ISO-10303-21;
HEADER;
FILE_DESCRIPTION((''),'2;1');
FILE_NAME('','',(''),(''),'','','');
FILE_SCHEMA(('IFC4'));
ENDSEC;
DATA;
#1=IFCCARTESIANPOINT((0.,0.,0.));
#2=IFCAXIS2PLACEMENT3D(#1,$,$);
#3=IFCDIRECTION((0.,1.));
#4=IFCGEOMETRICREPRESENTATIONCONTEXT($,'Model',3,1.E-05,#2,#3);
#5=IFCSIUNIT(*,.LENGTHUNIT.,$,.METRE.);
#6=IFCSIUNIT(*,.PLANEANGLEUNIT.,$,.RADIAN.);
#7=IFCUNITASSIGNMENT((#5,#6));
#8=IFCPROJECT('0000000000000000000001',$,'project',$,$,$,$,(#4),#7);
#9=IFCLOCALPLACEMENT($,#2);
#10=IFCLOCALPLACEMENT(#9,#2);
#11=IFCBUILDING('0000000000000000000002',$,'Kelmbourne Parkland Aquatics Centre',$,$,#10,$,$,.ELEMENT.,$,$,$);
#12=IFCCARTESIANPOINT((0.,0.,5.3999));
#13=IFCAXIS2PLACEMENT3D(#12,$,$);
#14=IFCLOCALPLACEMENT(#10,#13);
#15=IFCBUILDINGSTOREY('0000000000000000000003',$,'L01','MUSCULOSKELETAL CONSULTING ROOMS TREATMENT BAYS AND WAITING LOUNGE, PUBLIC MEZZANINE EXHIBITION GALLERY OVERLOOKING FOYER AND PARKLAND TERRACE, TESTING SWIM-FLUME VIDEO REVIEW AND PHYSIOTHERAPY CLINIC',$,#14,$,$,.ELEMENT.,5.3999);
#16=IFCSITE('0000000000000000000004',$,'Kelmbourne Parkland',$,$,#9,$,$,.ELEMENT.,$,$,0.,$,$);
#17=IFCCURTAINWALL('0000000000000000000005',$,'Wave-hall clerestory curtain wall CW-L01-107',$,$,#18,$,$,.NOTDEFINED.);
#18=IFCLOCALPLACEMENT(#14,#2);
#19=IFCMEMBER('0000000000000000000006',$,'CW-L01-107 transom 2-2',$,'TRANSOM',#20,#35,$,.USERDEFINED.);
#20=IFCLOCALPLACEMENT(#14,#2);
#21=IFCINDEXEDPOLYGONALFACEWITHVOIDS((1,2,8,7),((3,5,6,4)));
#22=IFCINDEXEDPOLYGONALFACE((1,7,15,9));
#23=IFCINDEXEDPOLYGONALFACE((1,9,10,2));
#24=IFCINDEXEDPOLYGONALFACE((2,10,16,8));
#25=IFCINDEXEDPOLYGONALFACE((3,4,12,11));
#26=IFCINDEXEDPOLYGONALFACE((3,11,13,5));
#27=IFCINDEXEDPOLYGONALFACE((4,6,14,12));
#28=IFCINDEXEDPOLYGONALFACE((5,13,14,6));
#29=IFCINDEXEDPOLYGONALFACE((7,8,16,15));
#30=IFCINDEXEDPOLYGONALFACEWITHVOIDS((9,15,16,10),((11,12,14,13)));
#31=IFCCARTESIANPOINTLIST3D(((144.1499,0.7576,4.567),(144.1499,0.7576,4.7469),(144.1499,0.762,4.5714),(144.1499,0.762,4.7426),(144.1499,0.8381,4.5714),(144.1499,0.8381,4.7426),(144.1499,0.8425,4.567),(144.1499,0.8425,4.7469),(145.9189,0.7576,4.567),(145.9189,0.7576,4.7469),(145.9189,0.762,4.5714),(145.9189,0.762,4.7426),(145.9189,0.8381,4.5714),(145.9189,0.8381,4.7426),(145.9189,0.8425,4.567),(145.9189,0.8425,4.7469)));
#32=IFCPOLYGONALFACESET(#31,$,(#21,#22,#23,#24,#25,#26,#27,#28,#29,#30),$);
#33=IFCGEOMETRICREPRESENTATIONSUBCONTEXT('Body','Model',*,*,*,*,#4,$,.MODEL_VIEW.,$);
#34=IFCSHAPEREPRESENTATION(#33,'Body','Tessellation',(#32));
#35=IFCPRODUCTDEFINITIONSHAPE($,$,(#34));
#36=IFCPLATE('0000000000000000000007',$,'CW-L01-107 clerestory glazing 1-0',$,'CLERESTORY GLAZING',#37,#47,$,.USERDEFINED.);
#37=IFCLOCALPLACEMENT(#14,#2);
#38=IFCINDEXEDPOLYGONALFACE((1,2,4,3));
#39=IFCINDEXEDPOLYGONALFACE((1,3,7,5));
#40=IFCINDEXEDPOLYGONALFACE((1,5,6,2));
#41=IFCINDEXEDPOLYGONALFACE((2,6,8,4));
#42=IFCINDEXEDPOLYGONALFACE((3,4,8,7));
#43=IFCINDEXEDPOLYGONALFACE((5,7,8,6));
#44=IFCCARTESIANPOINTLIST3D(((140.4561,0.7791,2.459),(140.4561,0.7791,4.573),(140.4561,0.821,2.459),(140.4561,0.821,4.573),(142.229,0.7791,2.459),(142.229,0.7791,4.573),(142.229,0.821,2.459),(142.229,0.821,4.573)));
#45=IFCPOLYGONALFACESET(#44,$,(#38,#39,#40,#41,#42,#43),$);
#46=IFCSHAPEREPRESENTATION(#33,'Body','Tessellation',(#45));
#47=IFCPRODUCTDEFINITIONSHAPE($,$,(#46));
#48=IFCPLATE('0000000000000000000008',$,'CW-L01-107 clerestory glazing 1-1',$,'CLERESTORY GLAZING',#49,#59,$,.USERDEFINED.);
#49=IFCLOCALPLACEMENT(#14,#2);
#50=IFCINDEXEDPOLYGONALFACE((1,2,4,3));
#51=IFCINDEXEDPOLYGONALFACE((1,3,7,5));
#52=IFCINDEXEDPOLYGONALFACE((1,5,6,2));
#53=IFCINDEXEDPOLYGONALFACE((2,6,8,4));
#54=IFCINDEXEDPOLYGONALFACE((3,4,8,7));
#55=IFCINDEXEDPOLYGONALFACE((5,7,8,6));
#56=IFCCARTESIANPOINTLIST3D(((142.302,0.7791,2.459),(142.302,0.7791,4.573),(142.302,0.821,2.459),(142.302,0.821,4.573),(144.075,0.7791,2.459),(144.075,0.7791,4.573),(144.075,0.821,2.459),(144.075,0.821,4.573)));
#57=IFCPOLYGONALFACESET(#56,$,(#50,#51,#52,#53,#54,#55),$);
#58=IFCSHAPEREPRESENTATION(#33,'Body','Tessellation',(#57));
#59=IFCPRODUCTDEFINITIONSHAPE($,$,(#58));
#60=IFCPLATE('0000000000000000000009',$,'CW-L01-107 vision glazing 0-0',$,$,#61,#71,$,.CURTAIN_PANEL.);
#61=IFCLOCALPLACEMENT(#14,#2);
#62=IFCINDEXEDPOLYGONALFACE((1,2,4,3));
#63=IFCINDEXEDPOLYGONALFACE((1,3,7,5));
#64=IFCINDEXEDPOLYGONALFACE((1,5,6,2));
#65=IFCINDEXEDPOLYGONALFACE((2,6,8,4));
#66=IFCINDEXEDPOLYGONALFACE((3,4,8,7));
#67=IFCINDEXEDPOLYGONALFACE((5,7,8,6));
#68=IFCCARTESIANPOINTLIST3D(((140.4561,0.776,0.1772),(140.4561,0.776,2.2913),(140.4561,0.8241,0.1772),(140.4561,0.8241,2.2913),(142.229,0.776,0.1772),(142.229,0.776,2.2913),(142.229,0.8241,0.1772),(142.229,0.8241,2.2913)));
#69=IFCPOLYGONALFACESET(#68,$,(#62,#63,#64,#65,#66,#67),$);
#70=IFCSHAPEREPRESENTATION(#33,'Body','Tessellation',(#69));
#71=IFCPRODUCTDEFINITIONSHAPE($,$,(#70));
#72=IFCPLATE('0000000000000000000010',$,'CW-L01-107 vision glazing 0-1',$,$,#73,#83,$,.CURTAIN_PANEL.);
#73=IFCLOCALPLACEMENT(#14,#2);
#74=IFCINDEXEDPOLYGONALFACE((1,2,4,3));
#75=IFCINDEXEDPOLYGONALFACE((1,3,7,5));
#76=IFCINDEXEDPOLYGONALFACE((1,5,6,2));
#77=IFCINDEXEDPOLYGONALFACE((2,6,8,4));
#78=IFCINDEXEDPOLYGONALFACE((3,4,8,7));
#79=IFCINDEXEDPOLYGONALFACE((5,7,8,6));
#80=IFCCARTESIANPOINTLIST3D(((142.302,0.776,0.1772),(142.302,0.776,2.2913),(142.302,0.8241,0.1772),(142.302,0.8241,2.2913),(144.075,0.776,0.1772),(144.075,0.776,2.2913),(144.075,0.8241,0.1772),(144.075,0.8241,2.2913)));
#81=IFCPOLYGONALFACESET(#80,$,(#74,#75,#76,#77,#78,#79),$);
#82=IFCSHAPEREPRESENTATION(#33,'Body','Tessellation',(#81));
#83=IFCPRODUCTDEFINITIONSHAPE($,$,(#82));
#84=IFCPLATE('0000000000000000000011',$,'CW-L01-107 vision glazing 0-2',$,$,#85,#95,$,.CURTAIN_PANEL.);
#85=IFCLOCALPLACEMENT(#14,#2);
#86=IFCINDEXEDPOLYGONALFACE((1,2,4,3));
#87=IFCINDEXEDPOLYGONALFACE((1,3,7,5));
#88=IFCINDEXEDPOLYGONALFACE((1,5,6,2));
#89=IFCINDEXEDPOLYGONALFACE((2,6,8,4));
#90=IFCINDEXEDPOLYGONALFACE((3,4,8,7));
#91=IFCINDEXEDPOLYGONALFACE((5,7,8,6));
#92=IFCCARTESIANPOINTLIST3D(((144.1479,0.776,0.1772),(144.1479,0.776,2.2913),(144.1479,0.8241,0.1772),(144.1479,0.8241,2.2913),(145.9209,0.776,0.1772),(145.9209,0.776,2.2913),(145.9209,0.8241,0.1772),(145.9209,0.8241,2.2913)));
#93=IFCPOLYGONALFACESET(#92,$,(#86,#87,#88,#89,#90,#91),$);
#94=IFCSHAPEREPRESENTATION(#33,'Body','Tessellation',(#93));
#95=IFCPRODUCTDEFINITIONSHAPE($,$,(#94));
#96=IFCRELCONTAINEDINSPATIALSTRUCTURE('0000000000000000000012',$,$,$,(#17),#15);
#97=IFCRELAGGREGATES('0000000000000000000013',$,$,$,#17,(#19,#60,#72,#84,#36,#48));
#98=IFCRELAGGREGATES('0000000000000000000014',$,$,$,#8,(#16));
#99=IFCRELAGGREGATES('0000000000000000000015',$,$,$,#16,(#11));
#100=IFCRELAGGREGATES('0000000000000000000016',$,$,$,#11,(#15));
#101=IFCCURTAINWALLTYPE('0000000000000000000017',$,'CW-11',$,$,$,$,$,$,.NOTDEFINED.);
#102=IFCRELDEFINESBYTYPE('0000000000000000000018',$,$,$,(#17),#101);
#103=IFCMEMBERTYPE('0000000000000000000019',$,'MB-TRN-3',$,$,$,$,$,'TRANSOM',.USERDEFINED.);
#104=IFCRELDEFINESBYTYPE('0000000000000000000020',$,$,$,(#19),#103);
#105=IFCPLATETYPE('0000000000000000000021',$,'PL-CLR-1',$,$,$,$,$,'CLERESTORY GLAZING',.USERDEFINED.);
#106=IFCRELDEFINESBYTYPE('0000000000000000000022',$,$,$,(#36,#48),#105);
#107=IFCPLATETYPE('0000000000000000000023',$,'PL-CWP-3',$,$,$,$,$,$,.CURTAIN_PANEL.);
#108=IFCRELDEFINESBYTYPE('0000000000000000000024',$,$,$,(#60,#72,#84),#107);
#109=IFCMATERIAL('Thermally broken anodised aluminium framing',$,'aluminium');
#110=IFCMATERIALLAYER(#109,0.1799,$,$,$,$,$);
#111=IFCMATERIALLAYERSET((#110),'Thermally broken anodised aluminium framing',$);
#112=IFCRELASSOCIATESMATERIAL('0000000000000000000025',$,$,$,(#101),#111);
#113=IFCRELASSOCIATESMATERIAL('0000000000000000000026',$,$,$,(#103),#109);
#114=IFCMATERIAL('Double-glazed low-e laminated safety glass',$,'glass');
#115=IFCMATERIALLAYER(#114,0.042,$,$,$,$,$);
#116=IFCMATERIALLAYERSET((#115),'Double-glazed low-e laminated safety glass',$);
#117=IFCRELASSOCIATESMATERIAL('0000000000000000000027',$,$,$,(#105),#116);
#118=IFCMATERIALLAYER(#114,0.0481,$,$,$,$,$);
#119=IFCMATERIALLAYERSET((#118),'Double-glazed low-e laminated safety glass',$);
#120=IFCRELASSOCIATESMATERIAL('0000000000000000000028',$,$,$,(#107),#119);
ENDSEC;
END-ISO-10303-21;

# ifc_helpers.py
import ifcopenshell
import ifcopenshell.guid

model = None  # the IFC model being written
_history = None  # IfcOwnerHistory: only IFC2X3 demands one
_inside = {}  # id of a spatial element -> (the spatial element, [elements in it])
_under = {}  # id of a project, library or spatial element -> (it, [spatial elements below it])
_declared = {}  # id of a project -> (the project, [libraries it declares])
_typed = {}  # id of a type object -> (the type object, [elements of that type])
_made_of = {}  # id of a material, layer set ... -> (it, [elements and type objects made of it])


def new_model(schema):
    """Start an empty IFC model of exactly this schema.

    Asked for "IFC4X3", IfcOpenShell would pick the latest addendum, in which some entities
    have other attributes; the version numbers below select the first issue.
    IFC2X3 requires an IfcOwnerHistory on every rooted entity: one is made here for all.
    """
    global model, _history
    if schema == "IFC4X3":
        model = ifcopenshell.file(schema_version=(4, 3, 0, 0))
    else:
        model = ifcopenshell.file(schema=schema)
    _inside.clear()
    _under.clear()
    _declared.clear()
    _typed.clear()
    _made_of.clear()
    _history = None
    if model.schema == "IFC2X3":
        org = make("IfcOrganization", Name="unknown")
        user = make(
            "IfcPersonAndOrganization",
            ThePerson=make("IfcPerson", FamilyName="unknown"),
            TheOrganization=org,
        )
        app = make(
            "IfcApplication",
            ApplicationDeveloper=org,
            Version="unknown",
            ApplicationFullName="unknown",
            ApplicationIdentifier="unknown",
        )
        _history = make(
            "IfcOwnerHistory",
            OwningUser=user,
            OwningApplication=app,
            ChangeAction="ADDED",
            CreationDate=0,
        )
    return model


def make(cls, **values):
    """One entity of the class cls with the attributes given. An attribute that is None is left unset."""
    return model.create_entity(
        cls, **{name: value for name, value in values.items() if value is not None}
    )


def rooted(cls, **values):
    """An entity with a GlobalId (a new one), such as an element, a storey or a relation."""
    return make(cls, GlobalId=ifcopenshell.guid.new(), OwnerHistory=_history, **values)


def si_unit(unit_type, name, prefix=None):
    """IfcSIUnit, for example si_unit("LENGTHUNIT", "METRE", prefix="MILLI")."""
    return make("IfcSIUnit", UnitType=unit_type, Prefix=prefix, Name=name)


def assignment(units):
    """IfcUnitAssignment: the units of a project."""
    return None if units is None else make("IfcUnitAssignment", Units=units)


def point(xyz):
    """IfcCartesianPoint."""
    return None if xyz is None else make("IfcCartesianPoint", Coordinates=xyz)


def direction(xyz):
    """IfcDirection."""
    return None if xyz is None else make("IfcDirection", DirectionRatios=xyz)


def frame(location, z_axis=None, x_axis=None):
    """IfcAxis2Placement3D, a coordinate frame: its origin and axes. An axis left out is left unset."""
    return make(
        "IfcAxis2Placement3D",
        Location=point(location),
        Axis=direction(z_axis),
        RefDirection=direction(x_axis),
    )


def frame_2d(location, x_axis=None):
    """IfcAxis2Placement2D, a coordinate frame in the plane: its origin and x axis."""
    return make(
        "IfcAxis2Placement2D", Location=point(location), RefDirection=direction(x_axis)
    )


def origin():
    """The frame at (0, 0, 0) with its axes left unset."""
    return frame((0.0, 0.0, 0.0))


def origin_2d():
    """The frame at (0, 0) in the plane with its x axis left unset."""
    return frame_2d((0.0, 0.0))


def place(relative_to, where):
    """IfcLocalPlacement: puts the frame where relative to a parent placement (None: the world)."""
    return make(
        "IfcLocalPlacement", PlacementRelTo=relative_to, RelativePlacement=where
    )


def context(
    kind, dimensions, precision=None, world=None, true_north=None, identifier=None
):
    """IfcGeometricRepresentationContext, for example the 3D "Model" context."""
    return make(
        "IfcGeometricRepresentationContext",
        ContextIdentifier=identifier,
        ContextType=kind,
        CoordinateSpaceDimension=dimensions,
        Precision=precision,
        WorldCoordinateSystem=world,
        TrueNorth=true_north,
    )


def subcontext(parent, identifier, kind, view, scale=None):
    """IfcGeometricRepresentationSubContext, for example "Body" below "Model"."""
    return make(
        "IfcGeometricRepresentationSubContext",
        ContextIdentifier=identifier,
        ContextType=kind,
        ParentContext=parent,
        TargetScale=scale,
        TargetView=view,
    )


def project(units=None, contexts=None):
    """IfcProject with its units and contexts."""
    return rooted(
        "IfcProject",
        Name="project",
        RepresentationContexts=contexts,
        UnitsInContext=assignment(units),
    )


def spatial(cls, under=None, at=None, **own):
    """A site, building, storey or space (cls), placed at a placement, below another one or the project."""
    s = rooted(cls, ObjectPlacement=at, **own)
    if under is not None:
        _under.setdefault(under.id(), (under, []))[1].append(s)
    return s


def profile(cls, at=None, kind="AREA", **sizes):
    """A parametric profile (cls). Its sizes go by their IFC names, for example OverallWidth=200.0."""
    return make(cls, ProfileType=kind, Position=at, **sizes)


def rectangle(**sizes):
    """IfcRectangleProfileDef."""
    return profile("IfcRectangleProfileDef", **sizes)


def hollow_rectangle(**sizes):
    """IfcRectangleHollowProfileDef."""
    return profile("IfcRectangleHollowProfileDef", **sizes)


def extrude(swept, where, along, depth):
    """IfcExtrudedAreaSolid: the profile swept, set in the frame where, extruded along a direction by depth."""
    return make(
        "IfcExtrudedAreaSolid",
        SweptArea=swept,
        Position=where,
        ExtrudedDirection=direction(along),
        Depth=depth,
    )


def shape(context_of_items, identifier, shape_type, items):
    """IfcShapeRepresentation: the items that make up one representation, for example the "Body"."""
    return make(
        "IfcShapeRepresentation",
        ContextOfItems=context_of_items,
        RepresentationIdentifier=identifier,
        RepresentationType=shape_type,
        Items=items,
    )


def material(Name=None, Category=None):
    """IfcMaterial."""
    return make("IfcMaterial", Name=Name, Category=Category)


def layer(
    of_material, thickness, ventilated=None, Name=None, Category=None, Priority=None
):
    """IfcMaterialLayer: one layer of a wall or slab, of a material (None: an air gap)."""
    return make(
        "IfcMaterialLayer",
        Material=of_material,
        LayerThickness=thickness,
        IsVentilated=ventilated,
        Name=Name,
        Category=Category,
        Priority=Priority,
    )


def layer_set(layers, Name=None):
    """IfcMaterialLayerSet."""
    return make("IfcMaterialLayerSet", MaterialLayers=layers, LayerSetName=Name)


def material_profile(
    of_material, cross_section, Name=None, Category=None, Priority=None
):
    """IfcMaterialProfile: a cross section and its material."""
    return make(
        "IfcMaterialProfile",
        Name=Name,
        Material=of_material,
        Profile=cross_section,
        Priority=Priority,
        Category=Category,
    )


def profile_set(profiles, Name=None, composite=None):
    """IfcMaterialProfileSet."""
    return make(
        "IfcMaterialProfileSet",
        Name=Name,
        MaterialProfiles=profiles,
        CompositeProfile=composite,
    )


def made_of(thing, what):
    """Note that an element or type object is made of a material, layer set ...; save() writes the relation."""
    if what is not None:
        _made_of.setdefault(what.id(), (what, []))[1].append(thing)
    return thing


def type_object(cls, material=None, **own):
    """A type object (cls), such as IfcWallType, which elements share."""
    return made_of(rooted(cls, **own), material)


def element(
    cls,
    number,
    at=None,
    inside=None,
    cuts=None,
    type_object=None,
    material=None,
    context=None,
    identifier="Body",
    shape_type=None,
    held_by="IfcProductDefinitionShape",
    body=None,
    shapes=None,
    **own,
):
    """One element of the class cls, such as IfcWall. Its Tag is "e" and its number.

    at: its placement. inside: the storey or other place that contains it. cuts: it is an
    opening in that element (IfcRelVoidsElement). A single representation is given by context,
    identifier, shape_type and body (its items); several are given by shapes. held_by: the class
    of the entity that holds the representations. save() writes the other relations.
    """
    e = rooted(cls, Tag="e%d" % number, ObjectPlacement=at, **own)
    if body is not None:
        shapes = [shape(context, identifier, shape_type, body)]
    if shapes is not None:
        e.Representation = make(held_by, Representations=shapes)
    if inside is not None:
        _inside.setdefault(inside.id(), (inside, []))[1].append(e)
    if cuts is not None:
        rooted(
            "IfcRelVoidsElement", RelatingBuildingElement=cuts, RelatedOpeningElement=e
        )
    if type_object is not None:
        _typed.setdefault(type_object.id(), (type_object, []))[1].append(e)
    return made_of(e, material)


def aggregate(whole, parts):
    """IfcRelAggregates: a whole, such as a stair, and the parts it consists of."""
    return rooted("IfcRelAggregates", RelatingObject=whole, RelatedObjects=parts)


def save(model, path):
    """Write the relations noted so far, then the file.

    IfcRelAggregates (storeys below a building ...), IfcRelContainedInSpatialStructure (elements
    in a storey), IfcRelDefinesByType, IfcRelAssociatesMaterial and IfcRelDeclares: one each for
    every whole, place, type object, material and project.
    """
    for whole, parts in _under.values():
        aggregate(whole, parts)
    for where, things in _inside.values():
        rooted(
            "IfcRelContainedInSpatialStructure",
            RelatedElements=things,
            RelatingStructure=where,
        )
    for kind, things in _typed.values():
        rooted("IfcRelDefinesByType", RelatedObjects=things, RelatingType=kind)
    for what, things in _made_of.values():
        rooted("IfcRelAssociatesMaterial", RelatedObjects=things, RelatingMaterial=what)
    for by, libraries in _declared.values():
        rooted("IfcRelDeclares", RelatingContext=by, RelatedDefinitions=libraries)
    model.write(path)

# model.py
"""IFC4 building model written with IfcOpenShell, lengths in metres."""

from ifc_helpers import new_model, si_unit, direction, frame, origin, origin_2d, place, context, subcontext, project, spatial, rectangle, hollow_rectangle, extrude, material, layer, layer_set, material_profile, profile_set, type_object, element, aggregate, save


model = new_model("IFC4")

# Units and contexts
model_context = context("Model", 3, precision=1e-05, world=origin(), true_north=direction((0.0, 1.0)))
body_context = subcontext(model_context, "Body", "Model", "MODEL_VIEW")
ifc_project = project(units=[si_unit("LENGTHUNIT", "METRE"), si_unit("PLANEANGLEUNIT", "RADIAN")], contexts=[model_context])

# Site, building, storey
site_placement = place(None, origin())
site = spatial("IfcSite", under=ifc_project, at=site_placement, Name="Kelmbourne Parkland", CompositionType="ELEMENT", RefElevation=0.0)
building_placement = place(site_placement, origin())
building = spatial("IfcBuilding", under=site, at=building_placement, Name="Kelmbourne Parkland Aquatics Centre", CompositionType="ELEMENT")
storey_placement = place(building_placement, frame((0.0, 0.0, 5.3999)))
storey = spatial("IfcBuildingStorey", under=building, at=storey_placement, Name="L01", Description="MUSCULOSKELETAL CONSULTING ROOMS TREATMENT BAYS AND WAITING LOUNGE, PUBLIC MEZZANINE EXHIBITION GALLERY OVERLOOKING FOYER AND PARKLAND TERRACE, TESTING SWIM-FLUME VIDEO REVIEW AND PHYSIOTHERAPY CLINIC", CompositionType="ELEMENT", Elevation=5.3999)

# Curtain wall, member, plates
ifc_material_1 = material(Name="Thermally broken anodised aluminium framing", Category="aluminium")
ifc_layer_1 = layer(ifc_material_1, 0.1799)
ifc_layer_set_1 = layer_set([ifc_layer_1], Name="Thermally broken anodised aluminium framing")
curtain_wall_type = type_object("IfcCurtainWallType", Name="CW-11", PredefinedType="NOTDEFINED", material=ifc_layer_set_1)
curtain_wall_placement = place(storey_placement, origin())
curtain_wall = element("IfcCurtainWall", 1, at=curtain_wall_placement, inside=storey, type_object=curtain_wall_type, Name="Wave-hall clerestory curtain wall CW-L01-107", PredefinedType="NOTDEFINED")
ifc_material_profile_1 = material_profile(ifc_material_1, hollow_rectangle(XDim=0.085, YDim=0.1799, WallThickness=0.0044, at=origin_2d()), Name="CW-T 85x180")
ifc_profile_set_1 = profile_set([ifc_material_profile_1], Name="Thermally broken anodised aluminium framing")
member_type_1 = type_object("IfcMemberType", Name="MB-TRN-3", ElementType="TRANSOM", PredefinedType="USERDEFINED", material=ifc_profile_set_1)
member_1_placement = place(storey_placement, frame((144.1499, 0.8, 4.657), z_axis=(1.0, 0.0, 0.0), x_axis=(0.0, 1.0, 0.0)))
member_1 = element("IfcMember", 2, at=member_1_placement, type_object=member_type_1, Name="CW-L01-107 transom 2-2", ObjectType="TRANSOM", PredefinedType="USERDEFINED", context=body_context, shape_type="SweptSolid", body=[
    extrude(hollow_rectangle(XDim=0.085, YDim=0.1799, WallThickness=0.0044, at=origin_2d()), origin(), (0.0, 0.0, 1.0), 1.769),
])
ifc_material_2 = material(Name="Double-glazed low-e laminated safety glass", Category="glass")
ifc_layer_2 = layer(ifc_material_2, 0.042)
ifc_layer_set_2 = layer_set([ifc_layer_2], Name="Double-glazed low-e laminated safety glass")
plate_type_1 = type_object("IfcPlateType", Name="PL-CLR-1", ElementType="CLERESTORY GLAZING", PredefinedType="USERDEFINED", material=ifc_layer_set_2)
plate_1_placement = place(storey_placement, frame((141.3425, 0.8, 2.459), z_axis=(0.0, 0.0, 1.0), x_axis=(1.0, 0.0, 0.0)))
plate_1 = element("IfcPlate", 3, at=plate_1_placement, type_object=plate_type_1, Name="CW-L01-107 clerestory glazing 1-0", ObjectType="CLERESTORY GLAZING", PredefinedType="USERDEFINED", context=body_context, shape_type="SweptSolid", body=[
    extrude(rectangle(XDim=1.7729, YDim=0.042, at=origin_2d()), origin(), (0.0, 0.0, 1.0), 2.114),
])
plate_2_placement = place(storey_placement, frame((143.1885, 0.8, 2.459), z_axis=(0.0, 0.0, 1.0), x_axis=(1.0, 0.0, 0.0)))
plate_2 = element("IfcPlate", 4, at=plate_2_placement, type_object=plate_type_1, Name="CW-L01-107 clerestory glazing 1-1", ObjectType="CLERESTORY GLAZING", PredefinedType="USERDEFINED", context=body_context, shape_type="SweptSolid", body=[
    extrude(rectangle(XDim=1.7729, YDim=0.042, at=origin_2d()), origin(), (0.0, 0.0, 1.0), 2.114),
])
ifc_layer_3 = layer(ifc_material_2, 0.0481)
ifc_layer_set_3 = layer_set([ifc_layer_3], Name="Double-glazed low-e laminated safety glass")
plate_type_2 = type_object("IfcPlateType", Name="PL-CWP-3", PredefinedType="CURTAIN_PANEL", material=ifc_layer_set_3)
plate_3_placement = place(storey_placement, frame((141.3425, 0.8, 0.1772), z_axis=(0.0, 0.0, 1.0), x_axis=(1.0, 0.0, 0.0)))
plate_3 = element("IfcPlate", 5, at=plate_3_placement, type_object=plate_type_2, Name="CW-L01-107 vision glazing 0-0", PredefinedType="CURTAIN_PANEL", context=body_context, shape_type="SweptSolid", body=[
    extrude(rectangle(XDim=1.7729, YDim=0.0481, at=origin_2d()), origin(), (0.0, 0.0, 1.0), 2.114),
])
plate_4_placement = place(storey_placement, frame((143.1885, 0.8, 0.1772), z_axis=(0.0, 0.0, 1.0), x_axis=(1.0, 0.0, 0.0)))
plate_4 = element("IfcPlate", 6, at=plate_4_placement, type_object=plate_type_2, Name="CW-L01-107 vision glazing 0-1", PredefinedType="CURTAIN_PANEL", context=body_context, shape_type="SweptSolid", body=[
    extrude(rectangle(XDim=1.7729, YDim=0.0481, at=origin_2d()), origin(), (0.0, 0.0, 1.0), 2.114),
])
plate_5_placement = place(storey_placement, frame((145.0344, 0.8, 0.1772), z_axis=(0.0, 0.0, 1.0), x_axis=(1.0, 0.0, 0.0)))
plate_5 = element("IfcPlate", 7, at=plate_5_placement, type_object=plate_type_2, Name="CW-L01-107 vision glazing 0-2", PredefinedType="CURTAIN_PANEL", context=body_context, shape_type="SweptSolid", body=[
    extrude(rectangle(XDim=1.7729, YDim=0.0481, at=origin_2d()), origin(), (0.0, 0.0, 1.0), 2.114),
])
aggregate(curtain_wall, [member_1, plate_3, plate_4, plate_5, plate_1, plate_2])

save(model, "model.ifc")
